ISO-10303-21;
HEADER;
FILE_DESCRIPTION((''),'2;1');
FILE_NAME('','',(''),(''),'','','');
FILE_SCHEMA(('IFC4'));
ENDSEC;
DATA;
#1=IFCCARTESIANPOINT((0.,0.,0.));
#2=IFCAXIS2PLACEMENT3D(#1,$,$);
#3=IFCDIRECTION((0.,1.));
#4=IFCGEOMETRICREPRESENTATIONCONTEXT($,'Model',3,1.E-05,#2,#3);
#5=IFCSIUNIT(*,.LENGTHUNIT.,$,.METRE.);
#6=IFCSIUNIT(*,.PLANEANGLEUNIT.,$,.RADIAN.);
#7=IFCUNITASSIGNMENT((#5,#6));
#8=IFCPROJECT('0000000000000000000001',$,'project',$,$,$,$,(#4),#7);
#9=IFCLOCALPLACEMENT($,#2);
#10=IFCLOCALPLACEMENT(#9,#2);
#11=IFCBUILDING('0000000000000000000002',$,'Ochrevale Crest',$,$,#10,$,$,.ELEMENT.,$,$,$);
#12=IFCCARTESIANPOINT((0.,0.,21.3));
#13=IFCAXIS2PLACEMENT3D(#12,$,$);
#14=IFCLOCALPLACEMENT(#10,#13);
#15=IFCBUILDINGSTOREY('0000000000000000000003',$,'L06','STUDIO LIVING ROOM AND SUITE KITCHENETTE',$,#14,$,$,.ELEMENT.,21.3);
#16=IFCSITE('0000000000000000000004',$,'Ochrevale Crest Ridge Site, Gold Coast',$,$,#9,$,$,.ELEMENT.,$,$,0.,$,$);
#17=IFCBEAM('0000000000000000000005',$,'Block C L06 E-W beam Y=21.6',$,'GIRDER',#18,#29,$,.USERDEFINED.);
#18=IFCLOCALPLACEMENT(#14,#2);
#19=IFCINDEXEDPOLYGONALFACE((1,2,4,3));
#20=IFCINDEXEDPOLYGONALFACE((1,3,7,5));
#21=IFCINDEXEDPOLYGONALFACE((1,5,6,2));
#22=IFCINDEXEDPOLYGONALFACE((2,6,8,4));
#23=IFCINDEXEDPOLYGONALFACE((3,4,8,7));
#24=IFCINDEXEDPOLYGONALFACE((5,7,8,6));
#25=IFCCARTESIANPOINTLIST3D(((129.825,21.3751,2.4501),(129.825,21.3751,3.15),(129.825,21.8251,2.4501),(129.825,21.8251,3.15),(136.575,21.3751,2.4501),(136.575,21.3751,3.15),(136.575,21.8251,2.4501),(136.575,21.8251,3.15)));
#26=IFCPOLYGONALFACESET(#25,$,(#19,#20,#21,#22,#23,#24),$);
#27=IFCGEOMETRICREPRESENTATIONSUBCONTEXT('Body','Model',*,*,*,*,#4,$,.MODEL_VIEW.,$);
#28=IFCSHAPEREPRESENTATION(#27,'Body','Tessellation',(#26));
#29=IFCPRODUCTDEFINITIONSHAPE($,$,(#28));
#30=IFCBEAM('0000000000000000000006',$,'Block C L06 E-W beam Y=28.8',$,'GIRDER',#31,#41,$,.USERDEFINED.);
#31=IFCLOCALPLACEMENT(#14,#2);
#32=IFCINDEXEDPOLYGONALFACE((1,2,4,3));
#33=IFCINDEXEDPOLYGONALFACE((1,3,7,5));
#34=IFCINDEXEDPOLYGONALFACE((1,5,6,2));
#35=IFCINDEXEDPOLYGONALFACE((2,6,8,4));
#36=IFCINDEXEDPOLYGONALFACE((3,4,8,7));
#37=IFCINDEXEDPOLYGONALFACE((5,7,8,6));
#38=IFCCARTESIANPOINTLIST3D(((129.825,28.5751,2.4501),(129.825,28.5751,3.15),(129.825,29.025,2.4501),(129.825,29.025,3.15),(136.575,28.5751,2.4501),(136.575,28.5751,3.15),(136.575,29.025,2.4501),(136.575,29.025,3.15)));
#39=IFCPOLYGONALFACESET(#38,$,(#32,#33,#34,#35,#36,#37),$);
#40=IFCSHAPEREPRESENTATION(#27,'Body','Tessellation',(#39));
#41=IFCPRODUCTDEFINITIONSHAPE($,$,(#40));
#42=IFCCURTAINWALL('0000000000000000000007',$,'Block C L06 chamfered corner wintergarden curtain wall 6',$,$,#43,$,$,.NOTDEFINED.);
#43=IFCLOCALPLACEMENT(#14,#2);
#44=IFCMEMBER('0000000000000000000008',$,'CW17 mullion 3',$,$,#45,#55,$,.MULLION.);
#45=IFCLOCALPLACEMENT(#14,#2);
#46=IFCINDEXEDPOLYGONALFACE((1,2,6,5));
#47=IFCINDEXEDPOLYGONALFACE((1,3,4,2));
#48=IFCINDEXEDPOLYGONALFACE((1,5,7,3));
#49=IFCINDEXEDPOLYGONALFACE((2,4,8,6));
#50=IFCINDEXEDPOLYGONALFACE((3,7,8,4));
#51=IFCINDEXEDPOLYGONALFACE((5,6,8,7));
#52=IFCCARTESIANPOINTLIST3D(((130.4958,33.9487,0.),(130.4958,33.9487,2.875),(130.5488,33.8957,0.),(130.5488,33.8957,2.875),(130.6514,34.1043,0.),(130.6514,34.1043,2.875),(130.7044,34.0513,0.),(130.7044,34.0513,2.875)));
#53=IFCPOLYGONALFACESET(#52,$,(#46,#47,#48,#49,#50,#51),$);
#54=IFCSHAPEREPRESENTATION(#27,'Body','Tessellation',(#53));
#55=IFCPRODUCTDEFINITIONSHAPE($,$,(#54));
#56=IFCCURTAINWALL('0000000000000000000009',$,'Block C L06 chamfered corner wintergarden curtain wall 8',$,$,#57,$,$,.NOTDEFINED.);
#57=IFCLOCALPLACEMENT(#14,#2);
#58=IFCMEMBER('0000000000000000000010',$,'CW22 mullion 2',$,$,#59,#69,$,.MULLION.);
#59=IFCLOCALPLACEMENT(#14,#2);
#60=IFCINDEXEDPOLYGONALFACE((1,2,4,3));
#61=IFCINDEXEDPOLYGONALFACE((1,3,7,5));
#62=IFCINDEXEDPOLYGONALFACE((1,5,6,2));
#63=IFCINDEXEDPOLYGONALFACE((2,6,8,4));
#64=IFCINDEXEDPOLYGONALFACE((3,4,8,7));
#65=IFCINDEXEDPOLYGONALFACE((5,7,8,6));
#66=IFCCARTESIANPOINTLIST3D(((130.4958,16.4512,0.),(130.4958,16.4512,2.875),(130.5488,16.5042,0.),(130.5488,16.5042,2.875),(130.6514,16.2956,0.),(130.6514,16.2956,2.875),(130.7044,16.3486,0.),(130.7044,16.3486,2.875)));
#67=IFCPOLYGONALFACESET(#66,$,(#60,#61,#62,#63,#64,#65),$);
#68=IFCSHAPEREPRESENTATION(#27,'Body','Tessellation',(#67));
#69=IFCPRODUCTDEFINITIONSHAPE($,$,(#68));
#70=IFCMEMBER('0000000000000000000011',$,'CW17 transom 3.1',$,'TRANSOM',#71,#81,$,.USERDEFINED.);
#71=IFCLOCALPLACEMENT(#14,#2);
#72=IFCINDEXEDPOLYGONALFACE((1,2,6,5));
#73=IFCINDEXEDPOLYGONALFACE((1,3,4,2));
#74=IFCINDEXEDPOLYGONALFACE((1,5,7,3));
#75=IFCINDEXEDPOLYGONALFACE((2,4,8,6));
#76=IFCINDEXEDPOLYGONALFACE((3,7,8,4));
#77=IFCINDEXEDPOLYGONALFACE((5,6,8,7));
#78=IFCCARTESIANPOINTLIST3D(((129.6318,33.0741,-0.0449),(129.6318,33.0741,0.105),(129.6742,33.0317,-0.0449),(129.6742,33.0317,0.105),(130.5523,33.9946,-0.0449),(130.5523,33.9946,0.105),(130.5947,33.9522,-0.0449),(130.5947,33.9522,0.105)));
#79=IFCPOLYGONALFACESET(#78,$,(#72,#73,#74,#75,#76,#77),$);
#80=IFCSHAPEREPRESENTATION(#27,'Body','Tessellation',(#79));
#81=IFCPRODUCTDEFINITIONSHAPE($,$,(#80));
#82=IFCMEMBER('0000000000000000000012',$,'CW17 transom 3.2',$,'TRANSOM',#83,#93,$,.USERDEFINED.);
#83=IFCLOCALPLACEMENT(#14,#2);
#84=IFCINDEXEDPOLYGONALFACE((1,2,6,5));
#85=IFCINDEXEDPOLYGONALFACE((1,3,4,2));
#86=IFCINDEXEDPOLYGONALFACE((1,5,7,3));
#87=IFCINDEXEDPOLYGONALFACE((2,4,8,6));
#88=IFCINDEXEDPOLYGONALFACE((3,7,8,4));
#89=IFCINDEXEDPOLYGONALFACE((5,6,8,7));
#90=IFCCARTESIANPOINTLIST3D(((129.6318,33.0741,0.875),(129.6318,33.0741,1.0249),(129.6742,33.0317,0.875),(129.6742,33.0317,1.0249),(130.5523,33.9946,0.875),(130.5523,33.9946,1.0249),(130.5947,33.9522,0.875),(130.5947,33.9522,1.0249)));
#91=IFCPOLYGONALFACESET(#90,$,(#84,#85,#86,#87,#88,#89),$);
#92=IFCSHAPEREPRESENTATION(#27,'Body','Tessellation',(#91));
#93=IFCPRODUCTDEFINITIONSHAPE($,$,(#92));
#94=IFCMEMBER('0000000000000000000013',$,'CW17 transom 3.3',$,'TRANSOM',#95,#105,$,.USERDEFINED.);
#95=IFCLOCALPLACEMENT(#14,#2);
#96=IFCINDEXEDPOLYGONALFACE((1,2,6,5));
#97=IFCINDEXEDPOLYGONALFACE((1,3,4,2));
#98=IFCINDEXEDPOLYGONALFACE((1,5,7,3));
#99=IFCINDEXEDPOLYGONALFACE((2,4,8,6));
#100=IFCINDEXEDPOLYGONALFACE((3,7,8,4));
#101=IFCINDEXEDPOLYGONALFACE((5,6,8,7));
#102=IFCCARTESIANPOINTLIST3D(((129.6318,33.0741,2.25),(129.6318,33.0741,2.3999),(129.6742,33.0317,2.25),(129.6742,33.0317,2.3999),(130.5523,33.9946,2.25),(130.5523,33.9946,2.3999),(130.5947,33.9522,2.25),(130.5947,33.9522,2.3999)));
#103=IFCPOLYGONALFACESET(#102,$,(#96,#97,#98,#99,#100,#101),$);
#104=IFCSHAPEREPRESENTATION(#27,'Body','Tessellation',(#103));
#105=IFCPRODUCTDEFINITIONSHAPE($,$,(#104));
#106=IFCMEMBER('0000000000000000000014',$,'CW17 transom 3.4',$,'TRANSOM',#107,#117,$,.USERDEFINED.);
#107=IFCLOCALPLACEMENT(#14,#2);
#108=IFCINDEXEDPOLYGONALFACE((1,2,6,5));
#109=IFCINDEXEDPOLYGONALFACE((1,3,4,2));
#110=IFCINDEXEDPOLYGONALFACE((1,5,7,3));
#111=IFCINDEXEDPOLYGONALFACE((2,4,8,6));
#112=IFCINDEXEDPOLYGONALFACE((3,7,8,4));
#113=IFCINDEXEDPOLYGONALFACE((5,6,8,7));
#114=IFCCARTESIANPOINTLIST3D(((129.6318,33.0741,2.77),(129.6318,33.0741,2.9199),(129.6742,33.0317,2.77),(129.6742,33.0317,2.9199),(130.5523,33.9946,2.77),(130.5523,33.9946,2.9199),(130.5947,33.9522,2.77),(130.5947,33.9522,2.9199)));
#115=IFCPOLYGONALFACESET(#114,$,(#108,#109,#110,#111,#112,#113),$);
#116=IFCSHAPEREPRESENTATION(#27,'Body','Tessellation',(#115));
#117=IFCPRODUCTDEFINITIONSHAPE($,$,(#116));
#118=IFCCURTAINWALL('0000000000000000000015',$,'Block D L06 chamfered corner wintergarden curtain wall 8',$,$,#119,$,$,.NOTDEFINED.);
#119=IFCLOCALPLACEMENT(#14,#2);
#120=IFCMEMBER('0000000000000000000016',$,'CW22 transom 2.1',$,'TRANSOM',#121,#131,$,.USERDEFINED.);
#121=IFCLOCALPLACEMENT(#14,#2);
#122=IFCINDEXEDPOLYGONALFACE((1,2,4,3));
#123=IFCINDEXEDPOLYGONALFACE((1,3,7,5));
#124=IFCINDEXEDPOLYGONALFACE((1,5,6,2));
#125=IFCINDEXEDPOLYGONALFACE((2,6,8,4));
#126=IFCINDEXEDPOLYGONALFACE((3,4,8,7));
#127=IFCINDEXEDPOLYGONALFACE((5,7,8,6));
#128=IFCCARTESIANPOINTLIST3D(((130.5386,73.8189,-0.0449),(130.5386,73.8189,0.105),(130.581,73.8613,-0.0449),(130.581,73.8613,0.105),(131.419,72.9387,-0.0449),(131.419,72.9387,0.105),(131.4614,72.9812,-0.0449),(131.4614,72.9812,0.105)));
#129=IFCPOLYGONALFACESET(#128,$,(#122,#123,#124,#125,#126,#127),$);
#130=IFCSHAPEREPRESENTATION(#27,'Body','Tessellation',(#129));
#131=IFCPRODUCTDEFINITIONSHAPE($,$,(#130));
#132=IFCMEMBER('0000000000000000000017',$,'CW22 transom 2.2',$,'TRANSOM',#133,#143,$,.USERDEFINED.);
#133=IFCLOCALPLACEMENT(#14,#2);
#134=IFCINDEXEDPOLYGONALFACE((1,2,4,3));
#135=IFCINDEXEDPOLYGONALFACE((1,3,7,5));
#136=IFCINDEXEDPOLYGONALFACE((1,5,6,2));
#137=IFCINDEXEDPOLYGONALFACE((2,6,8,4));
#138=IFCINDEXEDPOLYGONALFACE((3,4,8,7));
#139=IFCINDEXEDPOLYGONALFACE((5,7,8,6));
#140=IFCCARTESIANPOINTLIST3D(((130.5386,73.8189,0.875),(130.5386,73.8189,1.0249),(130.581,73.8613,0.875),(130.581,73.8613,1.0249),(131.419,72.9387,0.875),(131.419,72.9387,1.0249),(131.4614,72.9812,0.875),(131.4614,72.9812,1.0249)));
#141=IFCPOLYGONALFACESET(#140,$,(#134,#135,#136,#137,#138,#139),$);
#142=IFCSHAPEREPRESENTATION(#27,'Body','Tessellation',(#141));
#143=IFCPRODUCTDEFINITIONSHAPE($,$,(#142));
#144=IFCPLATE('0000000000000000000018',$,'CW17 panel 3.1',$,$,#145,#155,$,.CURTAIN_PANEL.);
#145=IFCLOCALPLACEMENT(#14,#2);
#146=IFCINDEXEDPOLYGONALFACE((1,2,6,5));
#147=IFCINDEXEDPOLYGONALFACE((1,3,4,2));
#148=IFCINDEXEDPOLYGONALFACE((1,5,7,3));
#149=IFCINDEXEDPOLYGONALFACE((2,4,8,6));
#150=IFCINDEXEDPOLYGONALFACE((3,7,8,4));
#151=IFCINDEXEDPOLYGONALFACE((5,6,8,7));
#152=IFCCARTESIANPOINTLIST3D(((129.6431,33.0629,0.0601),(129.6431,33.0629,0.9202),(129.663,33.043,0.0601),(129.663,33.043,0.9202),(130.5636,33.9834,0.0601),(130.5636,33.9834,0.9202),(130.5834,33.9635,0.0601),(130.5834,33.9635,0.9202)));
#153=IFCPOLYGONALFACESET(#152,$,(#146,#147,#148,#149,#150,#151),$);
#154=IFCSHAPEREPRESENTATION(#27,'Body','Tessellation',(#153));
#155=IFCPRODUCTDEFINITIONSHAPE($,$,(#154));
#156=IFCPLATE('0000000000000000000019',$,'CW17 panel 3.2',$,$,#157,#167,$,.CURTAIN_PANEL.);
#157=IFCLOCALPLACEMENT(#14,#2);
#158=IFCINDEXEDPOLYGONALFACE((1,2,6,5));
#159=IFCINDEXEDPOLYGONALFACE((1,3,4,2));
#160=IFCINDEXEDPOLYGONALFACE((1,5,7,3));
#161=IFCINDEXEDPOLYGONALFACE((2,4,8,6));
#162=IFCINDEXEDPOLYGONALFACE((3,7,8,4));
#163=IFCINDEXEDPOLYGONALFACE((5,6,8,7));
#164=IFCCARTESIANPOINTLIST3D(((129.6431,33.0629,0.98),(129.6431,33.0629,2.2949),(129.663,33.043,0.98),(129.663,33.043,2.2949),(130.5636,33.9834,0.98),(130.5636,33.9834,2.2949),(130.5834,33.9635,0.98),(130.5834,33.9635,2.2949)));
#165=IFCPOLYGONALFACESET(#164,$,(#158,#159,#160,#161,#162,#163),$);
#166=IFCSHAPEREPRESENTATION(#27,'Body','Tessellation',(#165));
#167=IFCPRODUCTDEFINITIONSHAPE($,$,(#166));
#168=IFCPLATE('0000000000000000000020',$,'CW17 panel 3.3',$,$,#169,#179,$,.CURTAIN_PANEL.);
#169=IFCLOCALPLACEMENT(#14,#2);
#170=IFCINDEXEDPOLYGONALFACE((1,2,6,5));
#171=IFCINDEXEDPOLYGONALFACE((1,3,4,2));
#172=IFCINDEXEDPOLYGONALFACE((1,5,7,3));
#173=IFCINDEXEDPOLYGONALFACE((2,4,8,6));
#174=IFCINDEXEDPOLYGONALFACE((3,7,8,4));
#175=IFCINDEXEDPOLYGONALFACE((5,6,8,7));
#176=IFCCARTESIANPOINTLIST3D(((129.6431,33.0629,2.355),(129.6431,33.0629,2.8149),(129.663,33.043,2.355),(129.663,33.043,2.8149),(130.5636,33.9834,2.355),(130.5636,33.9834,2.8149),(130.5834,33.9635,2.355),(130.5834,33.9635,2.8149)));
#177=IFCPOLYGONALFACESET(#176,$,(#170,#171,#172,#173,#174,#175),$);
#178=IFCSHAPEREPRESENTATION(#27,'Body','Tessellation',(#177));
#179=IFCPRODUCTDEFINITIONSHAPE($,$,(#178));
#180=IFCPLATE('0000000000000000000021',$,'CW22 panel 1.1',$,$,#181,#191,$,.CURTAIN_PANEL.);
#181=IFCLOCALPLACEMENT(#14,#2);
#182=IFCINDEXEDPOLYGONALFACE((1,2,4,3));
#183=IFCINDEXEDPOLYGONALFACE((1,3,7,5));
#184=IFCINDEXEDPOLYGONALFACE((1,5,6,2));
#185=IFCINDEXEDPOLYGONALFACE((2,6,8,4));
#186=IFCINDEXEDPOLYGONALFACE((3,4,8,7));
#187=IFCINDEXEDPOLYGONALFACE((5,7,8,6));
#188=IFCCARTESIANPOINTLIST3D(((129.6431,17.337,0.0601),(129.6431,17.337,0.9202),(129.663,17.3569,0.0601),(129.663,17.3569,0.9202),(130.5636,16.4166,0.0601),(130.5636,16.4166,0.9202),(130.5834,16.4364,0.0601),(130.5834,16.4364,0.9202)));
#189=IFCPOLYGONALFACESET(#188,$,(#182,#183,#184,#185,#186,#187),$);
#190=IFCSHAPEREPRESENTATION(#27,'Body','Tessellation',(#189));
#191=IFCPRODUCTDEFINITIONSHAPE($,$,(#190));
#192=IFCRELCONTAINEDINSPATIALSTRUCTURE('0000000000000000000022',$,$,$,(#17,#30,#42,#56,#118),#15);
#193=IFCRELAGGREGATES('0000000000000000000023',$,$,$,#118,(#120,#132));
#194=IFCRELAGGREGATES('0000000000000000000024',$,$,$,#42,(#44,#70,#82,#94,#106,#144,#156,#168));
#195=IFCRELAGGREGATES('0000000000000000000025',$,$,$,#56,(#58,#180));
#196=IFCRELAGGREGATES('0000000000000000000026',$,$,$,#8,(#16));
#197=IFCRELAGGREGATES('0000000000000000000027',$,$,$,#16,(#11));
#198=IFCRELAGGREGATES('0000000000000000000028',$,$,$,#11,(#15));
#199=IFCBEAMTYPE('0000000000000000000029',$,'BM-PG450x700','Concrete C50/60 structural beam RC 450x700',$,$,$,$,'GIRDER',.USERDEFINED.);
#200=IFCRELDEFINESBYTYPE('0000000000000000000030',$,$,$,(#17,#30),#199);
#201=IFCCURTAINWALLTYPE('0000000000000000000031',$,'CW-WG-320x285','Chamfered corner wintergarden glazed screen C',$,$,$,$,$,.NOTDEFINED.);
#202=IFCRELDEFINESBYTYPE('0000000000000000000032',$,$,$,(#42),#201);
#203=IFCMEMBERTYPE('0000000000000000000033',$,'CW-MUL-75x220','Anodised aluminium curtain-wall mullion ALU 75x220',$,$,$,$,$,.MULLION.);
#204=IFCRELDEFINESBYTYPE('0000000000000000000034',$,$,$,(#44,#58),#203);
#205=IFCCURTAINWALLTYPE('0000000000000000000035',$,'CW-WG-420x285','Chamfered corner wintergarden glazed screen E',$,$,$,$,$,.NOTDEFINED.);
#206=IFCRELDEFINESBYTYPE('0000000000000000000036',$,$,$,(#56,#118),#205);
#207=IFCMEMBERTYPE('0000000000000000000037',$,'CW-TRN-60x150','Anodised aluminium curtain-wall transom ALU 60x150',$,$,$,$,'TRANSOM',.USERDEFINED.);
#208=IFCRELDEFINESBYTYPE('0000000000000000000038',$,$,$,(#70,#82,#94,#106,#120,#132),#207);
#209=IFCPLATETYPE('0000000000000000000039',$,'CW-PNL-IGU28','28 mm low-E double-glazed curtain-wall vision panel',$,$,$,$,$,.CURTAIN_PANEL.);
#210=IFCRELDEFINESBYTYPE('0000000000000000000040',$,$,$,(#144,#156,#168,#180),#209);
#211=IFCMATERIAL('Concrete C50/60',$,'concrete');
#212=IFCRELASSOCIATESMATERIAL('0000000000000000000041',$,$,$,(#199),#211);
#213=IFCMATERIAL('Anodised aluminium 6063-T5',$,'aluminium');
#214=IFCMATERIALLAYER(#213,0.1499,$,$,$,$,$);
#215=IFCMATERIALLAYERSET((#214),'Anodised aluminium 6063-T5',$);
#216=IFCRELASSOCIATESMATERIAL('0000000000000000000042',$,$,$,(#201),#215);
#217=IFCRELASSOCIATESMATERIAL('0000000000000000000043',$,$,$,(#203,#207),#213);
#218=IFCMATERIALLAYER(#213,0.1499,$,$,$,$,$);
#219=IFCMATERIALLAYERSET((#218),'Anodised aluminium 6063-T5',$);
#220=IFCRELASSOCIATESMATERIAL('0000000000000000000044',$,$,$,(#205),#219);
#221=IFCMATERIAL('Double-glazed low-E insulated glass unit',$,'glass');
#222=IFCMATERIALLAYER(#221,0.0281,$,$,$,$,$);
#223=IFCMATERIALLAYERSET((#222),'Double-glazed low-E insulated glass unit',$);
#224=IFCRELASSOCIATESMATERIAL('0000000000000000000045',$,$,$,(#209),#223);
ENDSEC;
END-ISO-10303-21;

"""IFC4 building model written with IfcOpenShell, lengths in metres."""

from ifc_helpers import new_model, si_unit, direction, frame, origin, origin_2d, place, context, subcontext, project, spatial, rectangle, extrude, material, layer, layer_set, material_profile, profile_set, type_object, element, aggregate, save


model = new_model("IFC4")

# Units and contexts
model_context = context("Model", 3, precision=1e-05, world=origin(), true_north=direction((0.0, 1.0)))
body_context = subcontext(model_context, "Body", "Model", "MODEL_VIEW")
ifc_project = project(units=[si_unit("LENGTHUNIT", "METRE"), si_unit("PLANEANGLEUNIT", "RADIAN")], contexts=[model_context])

# Site, building, storey
site_placement = place(None, origin())
site = spatial("IfcSite", under=ifc_project, at=site_placement, Name="Ochrevale Crest Ridge Site, Gold Coast", CompositionType="ELEMENT", RefElevation=0.0)
building_placement = place(site_placement, origin())
building = spatial("IfcBuilding", under=site, at=building_placement, Name="Ochrevale Crest", CompositionType="ELEMENT")
storey_placement = place(building_placement, frame((0.0, 0.0, 21.3)))
storey = spatial("IfcBuildingStorey", under=building, at=storey_placement, Name="L06", Description="STUDIO LIVING ROOM AND SUITE KITCHENETTE", CompositionType="ELEMENT", Elevation=21.3)

# Beams
ifc_material_1 = material(Name="Concrete C50/60", Category="concrete")
ifc_material_profile_1 = material_profile(ifc_material_1, rectangle(XDim=0.45, YDim=0.7, at=origin_2d()), Name="RC 450x700")
ifc_profile_set_1 = profile_set([ifc_material_profile_1], Name="Concrete C50/60")
beam_type = type_object("IfcBeamType", Name="BM-PG450x700", Description="Concrete C50/60 structural beam RC 450x700", ElementType="GIRDER", PredefinedType="USERDEFINED", material=ifc_profile_set_1)
for number, where, z_axis, x_axis, name in (
    (1, (129.825, 21.6001, 2.8), (1.0, 0.0, 0.0), (0.0, 1.0, 0.0), "Block C L06 E-W beam Y=21.6"),
    (2, (129.825, 28.8, 2.8), (1.0, 0.0, 0.0), (0.0, 1.0, 0.0), "Block C L06 E-W beam Y=28.8"),
):
    element("IfcBeam", number, at=place(storey_placement, frame(where, z_axis=z_axis, x_axis=x_axis)), inside=storey, type_object=beam_type, Name=name, ObjectType="GIRDER", PredefinedType="USERDEFINED", context=body_context, shape_type="SweptSolid", body=[
        extrude(rectangle(XDim=0.45, YDim=0.7, at=origin_2d()), origin(), (0.0, 0.0, 1.0), 6.75),
    ])

# Curtain walls, members
ifc_material_2 = material(Name="Anodised aluminium 6063-T5", Category="aluminium")
ifc_layer_1 = layer(ifc_material_2, 0.1499)
ifc_layer_set_1 = layer_set([ifc_layer_1], Name="Anodised aluminium 6063-T5")
curtain_wall_type_1 = type_object("IfcCurtainWallType", Name="CW-WG-320x285", Description="Chamfered corner wintergarden glazed screen C", PredefinedType="NOTDEFINED", material=ifc_layer_set_1)
curtain_wall_1_placement = place(storey_placement, origin())
curtain_wall_1 = element("IfcCurtainWall", 3, at=curtain_wall_1_placement, inside=storey, type_object=curtain_wall_type_1, Name="Block C L06 chamfered corner wintergarden curtain wall 6", PredefinedType="NOTDEFINED")
ifc_material_profile_2 = material_profile(ifc_material_2, rectangle(XDim=0.075, YDim=0.22, at=origin_2d()), Name="ALU 75x220")
ifc_profile_set_2 = profile_set([ifc_material_profile_2], Name="Anodised aluminium 6063-T5")
member_type_1 = type_object("IfcMemberType", Name="CW-MUL-75x220", Description="Anodised aluminium curtain-wall mullion ALU 75x220", PredefinedType="MULLION", material=ifc_profile_set_2)
member_1_placement = place(storey_placement, frame((130.6001, 34.0, 0.0), z_axis=(0.0, 0.0, 1.0), x_axis=(0.707107, -0.707107, 0.0)))
member_1 = element("IfcMember", 4, at=member_1_placement, type_object=member_type_1, Name="CW17 mullion 3", PredefinedType="MULLION", context=body_context, shape_type="SweptSolid", body=[
    extrude(rectangle(XDim=0.075, YDim=0.22, at=origin_2d()), origin(), (0.0, 0.0, 1.0), 2.875),
])
ifc_layer_2 = layer(ifc_material_2, 0.1499)
ifc_layer_set_2 = layer_set([ifc_layer_2], Name="Anodised aluminium 6063-T5")
curtain_wall_type_2 = type_object("IfcCurtainWallType", Name="CW-WG-420x285", Description="Chamfered corner wintergarden glazed screen E", PredefinedType="NOTDEFINED", material=ifc_layer_set_2)
curtain_wall_2_placement = place(storey_placement, origin())
curtain_wall_2 = element("IfcCurtainWall", 5, at=curtain_wall_2_placement, inside=storey, type_object=curtain_wall_type_2, Name="Block C L06 chamfered corner wintergarden curtain wall 8", PredefinedType="NOTDEFINED")
member_2_placement = place(storey_placement, frame((130.6001, 16.3999, 0.0), z_axis=(0.0, 0.0, 1.0), x_axis=(0.707107, 0.707107, 0.0)))
member_2 = element("IfcMember", 6, at=member_2_placement, type_object=member_type_1, Name="CW22 mullion 2", PredefinedType="MULLION", context=body_context, shape_type="SweptSolid", body=[
    extrude(rectangle(XDim=0.075, YDim=0.22, at=origin_2d()), origin(), (0.0, 0.0, 1.0), 2.875),
])

# Members
ifc_material_profile_3 = material_profile(ifc_material_2, rectangle(XDim=0.0601, YDim=0.1499, at=origin_2d()), Name="ALU 60x150")
ifc_profile_set_3 = profile_set([ifc_material_profile_3], Name="Anodised aluminium 6063-T5")
member_type_2 = type_object("IfcMemberType", Name="CW-TRN-60x150", Description="Anodised aluminium curtain-wall transom ALU 60x150", ElementType="TRANSOM", PredefinedType="USERDEFINED", material=ifc_profile_set_3)
member_3_placement = place(storey_placement, frame((130.5735, 33.9734, 0.03), z_axis=(-0.707107, -0.707107, 0.0), x_axis=(0.707107, -0.707107, 0.0)))
member_3 = element("IfcMember", 7, at=member_3_placement, type_object=member_type_2, Name="CW17 transom 3.1", ObjectType="TRANSOM", PredefinedType="USERDEFINED", context=body_context, shape_type="SweptSolid", body=[
    extrude(rectangle(XDim=0.0601, YDim=0.1499, at=origin_2d()), origin(), (0.0, 0.0, 1.0), 1.3018),
])
member_4_placement = place(storey_placement, frame((130.5735, 33.9734, 0.95), z_axis=(-0.707107, -0.707107, 0.0), x_axis=(0.707107, -0.707107, 0.0)))
member_4 = element("IfcMember", 8, at=member_4_placement, type_object=member_type_2, Name="CW17 transom 3.2", ObjectType="TRANSOM", PredefinedType="USERDEFINED", context=body_context, shape_type="SweptSolid", body=[
    extrude(rectangle(XDim=0.0601, YDim=0.1499, at=origin_2d()), origin(), (0.0, 0.0, 1.0), 1.3018),
])
member_5_placement = place(storey_placement, frame((130.5735, 33.9734, 2.325), z_axis=(-0.707107, -0.707107, 0.0), x_axis=(0.707107, -0.707107, 0.0)))
member_5 = element("IfcMember", 9, at=member_5_placement, type_object=member_type_2, Name="CW17 transom 3.3", ObjectType="TRANSOM", PredefinedType="USERDEFINED", context=body_context, shape_type="SweptSolid", body=[
    extrude(rectangle(XDim=0.0601, YDim=0.1499, at=origin_2d()), origin(), (0.0, 0.0, 1.0), 1.3018),
])
member_6_placement = place(storey_placement, frame((130.5735, 33.9734, 2.845), z_axis=(-0.707107, -0.707107, 0.0), x_axis=(0.707107, -0.707107, 0.0)))
member_6 = element("IfcMember", 10, at=member_6_placement, type_object=member_type_2, Name="CW17 transom 3.4", ObjectType="TRANSOM", PredefinedType="USERDEFINED", context=body_context, shape_type="SweptSolid", body=[
    extrude(rectangle(XDim=0.0601, YDim=0.1499, at=origin_2d()), origin(), (0.0, 0.0, 1.0), 1.3018),
])

# Curtain wall, members
curtain_wall_3_placement = place(storey_placement, origin())
curtain_wall_3 = element("IfcCurtainWall", 11, at=curtain_wall_3_placement, inside=storey, type_object=curtain_wall_type_2, Name="Block D L06 chamfered corner wintergarden curtain wall 8", PredefinedType="NOTDEFINED")
member_7_placement = place(storey_placement, frame((130.5598, 73.8401, 0.03), z_axis=(0.707205, -0.707009, 0.0), x_axis=(0.707009, 0.707205, 0.0)))
member_7 = element("IfcMember", 12, at=member_7_placement, type_object=member_type_2, Name="CW22 transom 2.1", ObjectType="TRANSOM", PredefinedType="USERDEFINED", context=body_context, shape_type="SweptSolid", body=[
    extrude(rectangle(XDim=0.0601, YDim=0.1499, at=origin_2d()), origin(), (0.0, 0.0, 1.0), 1.2449),
])
member_8_placement = place(storey_placement, frame((130.5598, 73.8401, 0.95), z_axis=(0.707205, -0.707009, 0.0), x_axis=(0.707009, 0.707205, 0.0)))
member_8 = element("IfcMember", 13, at=member_8_placement, type_object=member_type_2, Name="CW22 transom 2.2", ObjectType="TRANSOM", PredefinedType="USERDEFINED", context=body_context, shape_type="SweptSolid", body=[
    extrude(rectangle(XDim=0.0601, YDim=0.1499, at=origin_2d()), origin(), (0.0, 0.0, 1.0), 1.2449),
])
aggregate(curtain_wall_3, [member_7, member_8])

# Plates
ifc_material_3 = material(Name="Double-glazed low-E insulated glass unit", Category="glass")
ifc_layer_3 = layer(ifc_material_3, 0.0281)
ifc_layer_set_3 = layer_set([ifc_layer_3], Name="Double-glazed low-E insulated glass unit")
plate_type = type_object("IfcPlateType", Name="CW-PNL-IGU28", Description="28 mm low-E double-glazed curtain-wall vision panel", PredefinedType="CURTAIN_PANEL", material=ifc_layer_set_3)
plate_1_placement = place(storey_placement, frame((130.1133, 33.5132, 0.0601), z_axis=(0.0, 0.0, 1.0), x_axis=(-0.707107, -0.707107, 0.0)))
plate_1 = element("IfcPlate", 14, at=plate_1_placement, type_object=plate_type, Name="CW17 panel 3.1", PredefinedType="CURTAIN_PANEL", context=body_context, shape_type="SweptSolid", body=[
    extrude(rectangle(XDim=1.3018, YDim=0.0281, at=origin_2d()), origin(), (0.0, 0.0, 1.0), 0.8601),
])
plate_2_placement = place(storey_placement, frame((130.1133, 33.5132, 0.98), z_axis=(0.0, 0.0, 1.0), x_axis=(-0.707107, -0.707107, 0.0)))
plate_2 = element("IfcPlate", 15, at=plate_2_placement, type_object=plate_type, Name="CW17 panel 3.2", PredefinedType="CURTAIN_PANEL", context=body_context, shape_type="SweptSolid", body=[
    extrude(rectangle(XDim=1.3018, YDim=0.0281, at=origin_2d()), origin(), (0.0, 0.0, 1.0), 1.3149),
])
plate_3_placement = place(storey_placement, frame((130.1133, 33.5132, 2.355), z_axis=(0.0, 0.0, 1.0), x_axis=(-0.707107, -0.707107, 0.0)))
plate_3 = element("IfcPlate", 16, at=plate_3_placement, type_object=plate_type, Name="CW17 panel 3.3", PredefinedType="CURTAIN_PANEL", context=body_context, shape_type="SweptSolid", body=[
    extrude(rectangle(XDim=1.3018, YDim=0.0281, at=origin_2d()), origin(), (0.0, 0.0, 1.0), 0.46),
])
aggregate(curtain_wall_1, [member_1, member_3, member_4, member_5, member_6, plate_1, plate_2, plate_3])
plate_4_placement = place(storey_placement, frame((130.1133, 16.8867, 0.0601), z_axis=(0.0, 0.0, 1.0), x_axis=(0.707107, -0.707107, 0.0)))
plate_4 = element("IfcPlate", 17, at=plate_4_placement, type_object=plate_type, Name="CW22 panel 1.1", PredefinedType="CURTAIN_PANEL", context=body_context, shape_type="SweptSolid", body=[
    extrude(rectangle(XDim=1.3018, YDim=0.0281, at=origin_2d()), origin(), (0.0, 0.0, 1.0), 0.8601),
])
aggregate(curtain_wall_2, [member_2, plate_4])

save(model, "model.ifc")
